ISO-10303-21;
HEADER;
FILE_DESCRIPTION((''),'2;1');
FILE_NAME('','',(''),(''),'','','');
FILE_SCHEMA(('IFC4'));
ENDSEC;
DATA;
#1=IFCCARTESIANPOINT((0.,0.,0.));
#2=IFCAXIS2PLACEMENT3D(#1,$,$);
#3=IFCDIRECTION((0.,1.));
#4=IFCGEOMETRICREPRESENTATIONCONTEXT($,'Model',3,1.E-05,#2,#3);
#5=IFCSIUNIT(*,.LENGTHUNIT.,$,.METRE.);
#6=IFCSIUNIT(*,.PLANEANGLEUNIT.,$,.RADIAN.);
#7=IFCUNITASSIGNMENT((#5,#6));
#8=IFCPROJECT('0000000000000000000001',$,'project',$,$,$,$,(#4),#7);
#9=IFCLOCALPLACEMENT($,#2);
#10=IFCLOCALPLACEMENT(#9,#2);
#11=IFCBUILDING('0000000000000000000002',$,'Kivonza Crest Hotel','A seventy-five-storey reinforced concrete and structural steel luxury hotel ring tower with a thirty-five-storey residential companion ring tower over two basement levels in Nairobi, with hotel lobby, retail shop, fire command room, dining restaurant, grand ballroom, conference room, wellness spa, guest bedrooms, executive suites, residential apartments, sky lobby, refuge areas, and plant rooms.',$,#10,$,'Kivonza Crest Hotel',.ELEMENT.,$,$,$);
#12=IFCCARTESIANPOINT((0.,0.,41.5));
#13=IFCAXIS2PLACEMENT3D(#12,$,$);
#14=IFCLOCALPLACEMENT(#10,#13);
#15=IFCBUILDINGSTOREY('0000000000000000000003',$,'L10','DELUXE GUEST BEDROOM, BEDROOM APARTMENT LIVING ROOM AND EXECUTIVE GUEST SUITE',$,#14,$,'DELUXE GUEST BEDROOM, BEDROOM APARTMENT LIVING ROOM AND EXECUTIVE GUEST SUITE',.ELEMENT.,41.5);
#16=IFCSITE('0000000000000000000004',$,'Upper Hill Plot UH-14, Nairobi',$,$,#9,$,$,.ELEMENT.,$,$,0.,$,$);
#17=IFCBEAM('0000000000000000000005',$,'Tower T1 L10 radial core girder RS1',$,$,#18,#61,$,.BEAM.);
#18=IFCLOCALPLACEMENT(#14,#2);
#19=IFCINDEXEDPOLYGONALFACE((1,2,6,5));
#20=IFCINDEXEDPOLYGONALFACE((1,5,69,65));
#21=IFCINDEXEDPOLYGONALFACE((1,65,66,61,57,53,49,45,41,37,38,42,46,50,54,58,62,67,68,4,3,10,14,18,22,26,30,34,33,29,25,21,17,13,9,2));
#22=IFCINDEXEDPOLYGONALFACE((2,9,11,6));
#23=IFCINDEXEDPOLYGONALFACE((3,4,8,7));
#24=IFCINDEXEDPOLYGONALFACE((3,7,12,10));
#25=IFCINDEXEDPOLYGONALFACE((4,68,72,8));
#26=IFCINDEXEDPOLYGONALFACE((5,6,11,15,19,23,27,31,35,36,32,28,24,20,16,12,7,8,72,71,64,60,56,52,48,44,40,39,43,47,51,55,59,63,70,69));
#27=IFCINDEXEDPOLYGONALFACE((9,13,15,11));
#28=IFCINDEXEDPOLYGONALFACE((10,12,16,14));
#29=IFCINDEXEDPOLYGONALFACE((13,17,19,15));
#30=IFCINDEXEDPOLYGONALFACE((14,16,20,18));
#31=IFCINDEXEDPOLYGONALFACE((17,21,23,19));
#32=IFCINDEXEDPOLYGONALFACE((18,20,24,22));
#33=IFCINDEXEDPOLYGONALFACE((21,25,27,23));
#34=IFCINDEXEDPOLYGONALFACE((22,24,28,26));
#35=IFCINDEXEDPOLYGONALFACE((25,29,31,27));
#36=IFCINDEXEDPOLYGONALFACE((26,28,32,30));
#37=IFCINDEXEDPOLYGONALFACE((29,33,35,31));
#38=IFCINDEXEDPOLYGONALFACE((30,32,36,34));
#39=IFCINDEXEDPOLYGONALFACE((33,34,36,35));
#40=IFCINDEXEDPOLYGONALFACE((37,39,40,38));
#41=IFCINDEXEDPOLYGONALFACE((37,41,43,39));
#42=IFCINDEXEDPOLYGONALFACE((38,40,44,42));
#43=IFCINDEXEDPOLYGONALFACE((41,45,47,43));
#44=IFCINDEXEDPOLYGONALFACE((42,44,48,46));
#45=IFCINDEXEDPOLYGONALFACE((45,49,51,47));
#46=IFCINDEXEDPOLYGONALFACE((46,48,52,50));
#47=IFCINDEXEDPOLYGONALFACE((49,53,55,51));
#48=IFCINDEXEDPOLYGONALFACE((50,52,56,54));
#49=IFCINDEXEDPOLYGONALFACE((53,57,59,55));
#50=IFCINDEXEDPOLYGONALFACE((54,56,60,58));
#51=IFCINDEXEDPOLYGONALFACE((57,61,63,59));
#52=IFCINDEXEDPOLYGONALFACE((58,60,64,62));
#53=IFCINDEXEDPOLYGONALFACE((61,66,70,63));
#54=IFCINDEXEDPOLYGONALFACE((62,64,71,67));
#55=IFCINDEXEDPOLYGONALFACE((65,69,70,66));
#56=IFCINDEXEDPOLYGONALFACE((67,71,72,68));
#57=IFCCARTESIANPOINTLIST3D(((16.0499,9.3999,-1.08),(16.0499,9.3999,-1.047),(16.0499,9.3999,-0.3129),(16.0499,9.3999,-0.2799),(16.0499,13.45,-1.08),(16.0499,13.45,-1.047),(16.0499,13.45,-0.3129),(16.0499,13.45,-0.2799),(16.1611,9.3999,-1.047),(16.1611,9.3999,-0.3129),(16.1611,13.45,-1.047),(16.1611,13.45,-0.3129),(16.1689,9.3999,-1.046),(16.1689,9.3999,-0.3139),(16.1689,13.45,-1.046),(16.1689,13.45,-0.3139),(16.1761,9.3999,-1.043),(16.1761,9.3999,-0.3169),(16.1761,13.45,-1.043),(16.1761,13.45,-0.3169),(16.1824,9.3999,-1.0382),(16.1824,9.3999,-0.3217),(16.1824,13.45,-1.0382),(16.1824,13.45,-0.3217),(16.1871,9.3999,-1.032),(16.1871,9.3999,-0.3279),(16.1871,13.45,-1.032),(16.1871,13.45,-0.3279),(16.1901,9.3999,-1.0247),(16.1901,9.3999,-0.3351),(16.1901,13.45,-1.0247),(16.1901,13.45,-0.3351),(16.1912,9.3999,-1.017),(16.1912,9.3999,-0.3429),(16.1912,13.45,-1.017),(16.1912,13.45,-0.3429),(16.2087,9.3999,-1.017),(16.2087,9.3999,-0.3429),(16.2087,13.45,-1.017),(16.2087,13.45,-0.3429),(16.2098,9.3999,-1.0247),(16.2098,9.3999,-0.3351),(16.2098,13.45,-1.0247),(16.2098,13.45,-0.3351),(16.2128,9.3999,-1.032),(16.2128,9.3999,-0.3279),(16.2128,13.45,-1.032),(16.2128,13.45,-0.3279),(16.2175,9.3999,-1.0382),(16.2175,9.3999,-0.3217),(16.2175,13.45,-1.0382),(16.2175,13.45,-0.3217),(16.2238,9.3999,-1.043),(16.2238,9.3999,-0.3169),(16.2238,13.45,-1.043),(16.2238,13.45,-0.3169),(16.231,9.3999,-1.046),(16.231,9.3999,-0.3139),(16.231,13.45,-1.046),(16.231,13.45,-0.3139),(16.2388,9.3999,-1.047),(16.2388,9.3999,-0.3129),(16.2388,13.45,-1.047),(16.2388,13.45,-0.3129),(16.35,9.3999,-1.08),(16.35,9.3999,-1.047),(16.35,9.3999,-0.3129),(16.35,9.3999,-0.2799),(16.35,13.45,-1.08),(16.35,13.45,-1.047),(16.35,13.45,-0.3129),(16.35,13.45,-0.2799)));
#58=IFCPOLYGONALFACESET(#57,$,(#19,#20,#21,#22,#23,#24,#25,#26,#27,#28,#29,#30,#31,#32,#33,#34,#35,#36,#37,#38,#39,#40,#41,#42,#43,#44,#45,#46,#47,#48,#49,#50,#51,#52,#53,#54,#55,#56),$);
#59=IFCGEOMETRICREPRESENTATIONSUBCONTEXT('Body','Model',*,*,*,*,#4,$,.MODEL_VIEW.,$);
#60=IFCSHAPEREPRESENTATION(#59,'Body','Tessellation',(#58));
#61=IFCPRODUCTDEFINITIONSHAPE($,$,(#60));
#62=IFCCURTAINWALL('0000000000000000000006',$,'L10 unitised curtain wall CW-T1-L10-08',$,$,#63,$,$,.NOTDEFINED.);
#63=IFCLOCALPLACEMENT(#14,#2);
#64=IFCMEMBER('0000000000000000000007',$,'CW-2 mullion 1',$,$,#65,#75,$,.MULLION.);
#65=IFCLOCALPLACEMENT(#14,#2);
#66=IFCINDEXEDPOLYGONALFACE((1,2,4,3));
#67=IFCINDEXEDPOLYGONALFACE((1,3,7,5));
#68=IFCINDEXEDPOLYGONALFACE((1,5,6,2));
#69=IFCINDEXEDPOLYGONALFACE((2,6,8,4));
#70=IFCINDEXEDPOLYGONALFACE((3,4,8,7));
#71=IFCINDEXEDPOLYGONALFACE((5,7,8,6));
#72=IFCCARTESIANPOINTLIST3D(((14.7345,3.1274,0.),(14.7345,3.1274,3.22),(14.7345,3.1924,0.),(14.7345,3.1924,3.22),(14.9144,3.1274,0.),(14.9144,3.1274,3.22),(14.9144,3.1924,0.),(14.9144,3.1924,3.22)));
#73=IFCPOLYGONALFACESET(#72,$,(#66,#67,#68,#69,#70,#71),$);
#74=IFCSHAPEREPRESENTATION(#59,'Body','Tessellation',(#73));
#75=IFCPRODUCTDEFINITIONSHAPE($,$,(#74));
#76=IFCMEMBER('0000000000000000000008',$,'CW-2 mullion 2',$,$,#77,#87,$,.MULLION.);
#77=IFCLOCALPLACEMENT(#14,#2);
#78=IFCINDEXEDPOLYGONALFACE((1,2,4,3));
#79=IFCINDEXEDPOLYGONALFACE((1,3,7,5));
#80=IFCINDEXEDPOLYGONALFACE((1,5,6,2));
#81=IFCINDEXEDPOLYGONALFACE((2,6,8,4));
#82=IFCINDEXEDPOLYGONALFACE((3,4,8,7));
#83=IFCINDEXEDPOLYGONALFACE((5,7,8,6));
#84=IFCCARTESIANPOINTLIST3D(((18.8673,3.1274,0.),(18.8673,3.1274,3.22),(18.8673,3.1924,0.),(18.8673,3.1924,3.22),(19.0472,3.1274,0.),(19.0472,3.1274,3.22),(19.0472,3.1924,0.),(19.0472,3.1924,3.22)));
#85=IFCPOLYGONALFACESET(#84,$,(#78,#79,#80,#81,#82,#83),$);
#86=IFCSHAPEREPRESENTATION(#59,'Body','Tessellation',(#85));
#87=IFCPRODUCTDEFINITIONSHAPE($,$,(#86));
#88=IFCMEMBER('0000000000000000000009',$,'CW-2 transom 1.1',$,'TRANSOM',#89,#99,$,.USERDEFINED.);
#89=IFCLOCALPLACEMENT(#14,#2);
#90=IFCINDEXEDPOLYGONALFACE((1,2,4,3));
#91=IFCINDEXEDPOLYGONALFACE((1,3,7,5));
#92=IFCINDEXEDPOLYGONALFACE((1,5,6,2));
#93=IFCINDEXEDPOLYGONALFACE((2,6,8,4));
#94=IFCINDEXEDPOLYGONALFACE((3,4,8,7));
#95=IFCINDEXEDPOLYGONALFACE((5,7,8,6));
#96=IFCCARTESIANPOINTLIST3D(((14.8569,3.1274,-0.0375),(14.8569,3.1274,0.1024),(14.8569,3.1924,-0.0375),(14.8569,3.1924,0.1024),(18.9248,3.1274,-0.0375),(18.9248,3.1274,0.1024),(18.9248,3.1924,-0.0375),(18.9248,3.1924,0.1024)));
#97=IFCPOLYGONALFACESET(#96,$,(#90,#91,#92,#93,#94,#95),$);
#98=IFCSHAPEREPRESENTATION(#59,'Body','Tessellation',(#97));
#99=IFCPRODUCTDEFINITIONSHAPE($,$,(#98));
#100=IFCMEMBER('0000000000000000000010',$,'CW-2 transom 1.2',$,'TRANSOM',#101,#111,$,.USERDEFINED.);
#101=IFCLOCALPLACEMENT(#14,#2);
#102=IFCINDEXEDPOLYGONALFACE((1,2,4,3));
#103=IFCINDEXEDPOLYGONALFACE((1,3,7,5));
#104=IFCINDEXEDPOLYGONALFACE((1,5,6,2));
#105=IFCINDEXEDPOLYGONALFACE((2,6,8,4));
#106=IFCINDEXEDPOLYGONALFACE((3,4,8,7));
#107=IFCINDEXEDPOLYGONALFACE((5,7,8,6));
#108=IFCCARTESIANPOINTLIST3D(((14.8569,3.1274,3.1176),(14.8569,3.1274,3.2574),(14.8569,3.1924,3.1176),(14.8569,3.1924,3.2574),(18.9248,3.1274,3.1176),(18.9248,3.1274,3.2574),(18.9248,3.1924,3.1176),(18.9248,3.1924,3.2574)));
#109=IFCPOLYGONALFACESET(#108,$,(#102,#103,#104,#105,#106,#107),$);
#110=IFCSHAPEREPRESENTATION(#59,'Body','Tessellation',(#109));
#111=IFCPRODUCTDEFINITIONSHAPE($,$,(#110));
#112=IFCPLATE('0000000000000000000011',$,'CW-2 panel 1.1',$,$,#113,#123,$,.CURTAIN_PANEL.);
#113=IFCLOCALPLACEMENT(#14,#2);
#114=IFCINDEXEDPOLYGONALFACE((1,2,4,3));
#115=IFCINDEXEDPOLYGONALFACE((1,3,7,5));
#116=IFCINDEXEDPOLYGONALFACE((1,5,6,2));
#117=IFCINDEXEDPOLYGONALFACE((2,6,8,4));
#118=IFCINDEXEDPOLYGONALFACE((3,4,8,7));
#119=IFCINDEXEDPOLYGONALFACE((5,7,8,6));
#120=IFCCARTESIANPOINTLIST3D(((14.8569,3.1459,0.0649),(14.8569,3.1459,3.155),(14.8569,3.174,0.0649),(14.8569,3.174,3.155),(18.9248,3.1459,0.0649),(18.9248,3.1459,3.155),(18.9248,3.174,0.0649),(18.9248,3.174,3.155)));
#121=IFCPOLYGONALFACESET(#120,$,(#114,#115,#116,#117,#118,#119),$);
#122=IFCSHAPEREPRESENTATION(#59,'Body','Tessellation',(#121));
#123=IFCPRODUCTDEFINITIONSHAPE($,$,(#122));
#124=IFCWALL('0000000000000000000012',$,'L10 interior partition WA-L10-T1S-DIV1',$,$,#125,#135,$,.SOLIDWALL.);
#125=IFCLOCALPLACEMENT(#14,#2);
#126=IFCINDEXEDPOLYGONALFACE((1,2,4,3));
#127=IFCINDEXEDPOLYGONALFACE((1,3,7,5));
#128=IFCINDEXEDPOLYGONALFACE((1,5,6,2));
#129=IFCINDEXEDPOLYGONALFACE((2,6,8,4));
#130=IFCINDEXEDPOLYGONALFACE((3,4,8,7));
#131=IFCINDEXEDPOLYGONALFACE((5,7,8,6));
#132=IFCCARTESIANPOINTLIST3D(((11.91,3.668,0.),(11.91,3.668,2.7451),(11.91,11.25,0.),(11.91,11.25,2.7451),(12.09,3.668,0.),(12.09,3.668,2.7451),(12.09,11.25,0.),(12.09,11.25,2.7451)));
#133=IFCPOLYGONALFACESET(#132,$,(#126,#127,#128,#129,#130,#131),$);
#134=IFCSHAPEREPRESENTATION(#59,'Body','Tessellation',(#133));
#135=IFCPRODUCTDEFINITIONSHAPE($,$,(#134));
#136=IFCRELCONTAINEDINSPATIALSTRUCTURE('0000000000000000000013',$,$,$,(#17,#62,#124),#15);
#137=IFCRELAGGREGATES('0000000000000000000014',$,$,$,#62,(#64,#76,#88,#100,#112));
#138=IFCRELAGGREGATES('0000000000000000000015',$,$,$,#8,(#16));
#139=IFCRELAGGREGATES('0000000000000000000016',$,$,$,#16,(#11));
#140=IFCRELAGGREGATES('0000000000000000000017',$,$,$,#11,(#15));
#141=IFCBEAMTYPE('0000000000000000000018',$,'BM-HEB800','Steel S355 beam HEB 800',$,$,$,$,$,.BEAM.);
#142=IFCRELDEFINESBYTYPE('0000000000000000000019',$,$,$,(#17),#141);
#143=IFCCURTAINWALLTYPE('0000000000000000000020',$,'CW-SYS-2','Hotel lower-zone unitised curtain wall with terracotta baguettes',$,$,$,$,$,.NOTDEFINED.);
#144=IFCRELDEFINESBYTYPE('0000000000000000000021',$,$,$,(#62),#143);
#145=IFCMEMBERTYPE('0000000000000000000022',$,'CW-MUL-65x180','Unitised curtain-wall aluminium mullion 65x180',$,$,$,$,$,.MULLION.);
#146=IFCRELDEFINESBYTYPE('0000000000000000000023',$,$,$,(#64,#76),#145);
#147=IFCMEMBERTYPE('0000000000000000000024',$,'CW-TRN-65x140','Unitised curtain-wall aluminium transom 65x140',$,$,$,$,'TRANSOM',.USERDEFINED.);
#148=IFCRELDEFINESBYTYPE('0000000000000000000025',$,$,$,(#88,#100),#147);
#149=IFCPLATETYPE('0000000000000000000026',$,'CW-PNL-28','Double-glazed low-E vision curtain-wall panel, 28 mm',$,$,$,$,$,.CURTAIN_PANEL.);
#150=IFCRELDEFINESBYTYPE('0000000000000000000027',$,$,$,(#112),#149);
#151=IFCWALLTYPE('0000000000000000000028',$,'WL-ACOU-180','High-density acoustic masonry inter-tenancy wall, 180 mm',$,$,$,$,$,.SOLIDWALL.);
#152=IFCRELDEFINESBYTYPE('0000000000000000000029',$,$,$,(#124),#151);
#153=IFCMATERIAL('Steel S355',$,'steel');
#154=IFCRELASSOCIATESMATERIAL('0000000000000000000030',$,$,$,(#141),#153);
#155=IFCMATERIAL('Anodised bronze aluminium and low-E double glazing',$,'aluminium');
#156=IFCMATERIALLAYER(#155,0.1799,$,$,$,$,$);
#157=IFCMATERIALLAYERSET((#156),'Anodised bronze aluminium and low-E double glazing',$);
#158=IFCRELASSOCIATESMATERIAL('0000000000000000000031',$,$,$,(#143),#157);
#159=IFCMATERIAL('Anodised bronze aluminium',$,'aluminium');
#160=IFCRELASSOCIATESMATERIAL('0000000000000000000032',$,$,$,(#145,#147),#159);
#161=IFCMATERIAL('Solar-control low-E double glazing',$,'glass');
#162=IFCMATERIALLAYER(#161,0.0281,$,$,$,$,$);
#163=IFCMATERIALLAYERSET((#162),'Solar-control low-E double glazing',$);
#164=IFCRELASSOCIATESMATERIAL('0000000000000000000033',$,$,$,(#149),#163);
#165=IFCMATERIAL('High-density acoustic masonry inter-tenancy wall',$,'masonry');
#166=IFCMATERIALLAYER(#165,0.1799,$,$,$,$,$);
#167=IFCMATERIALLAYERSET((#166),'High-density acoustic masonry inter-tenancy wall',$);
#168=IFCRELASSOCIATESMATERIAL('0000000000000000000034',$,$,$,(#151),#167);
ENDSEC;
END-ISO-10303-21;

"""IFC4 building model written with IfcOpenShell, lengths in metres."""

from ifc_helpers import new_model, si_unit, direction, frame, frame_2d, origin, origin_2d, place, context, subcontext, project, spatial, rectangle, i_section, extrude, material, layer, layer_set, material_profile, profile_set, type_object, element, aggregate, save


model = new_model("IFC4")

# Units and contexts
model_context = context("Model", 3, precision=1e-05, world=origin(), true_north=direction((0.0, 1.0)))
body_context = subcontext(model_context, "Body", "Model", "MODEL_VIEW")
ifc_project = project(units=[si_unit("LENGTHUNIT", "METRE"), si_unit("PLANEANGLEUNIT", "RADIAN")], contexts=[model_context])

# Site, building, storey
site_placement = place(None, origin())
site = spatial("IfcSite", under=ifc_project, at=site_placement, Name="Upper Hill Plot UH-14, Nairobi", CompositionType="ELEMENT", RefElevation=0.0)
building_placement = place(site_placement, origin())
building = spatial("IfcBuilding", under=site, at=building_placement, Name="Kivonza Crest Hotel", Description="A seventy-five-storey reinforced concrete and structural steel luxury hotel ring tower with a thirty-five-storey residential companion ring tower over two basement levels in Nairobi, with hotel lobby, retail shop, fire command room, dining restaurant, grand ballroom, conference room, wellness spa, guest bedrooms, executive suites, residential apartments, sky lobby, refuge areas, and plant rooms.", LongName="Kivonza Crest Hotel", CompositionType="ELEMENT")
storey_placement = place(building_placement, frame((0.0, 0.0, 41.5)))
storey = spatial("IfcBuildingStorey", under=building, at=storey_placement, Name="L10", Description="DELUXE GUEST BEDROOM, BEDROOM APARTMENT LIVING ROOM AND EXECUTIVE GUEST SUITE", LongName="DELUXE GUEST BEDROOM, BEDROOM APARTMENT LIVING ROOM AND EXECUTIVE GUEST SUITE", CompositionType="ELEMENT", Elevation=41.5)

# Beam
ifc_material_1 = material(Name="Steel S355", Category="steel")
ifc_material_profile_1 = material_profile(ifc_material_1, i_section(OverallWidth=0.3, OverallDepth=0.8, WebThickness=0.0176, FlangeThickness=0.033, FilletRadius=0.03, at=origin_2d()), Name="HEB 800")
ifc_profile_set_1 = profile_set([ifc_material_profile_1], Name="Steel S355")
beam_type_1 = type_object("IfcBeamType", Name="BM-HEB800", Description="Steel S355 beam HEB 800", PredefinedType="BEAM", material=ifc_profile_set_1)
beam_1_placement = place(storey_placement, frame((16.2, 9.3999, -0.6799), z_axis=(0.0, 1.0, 0.0), x_axis=(-1.0, 0.0, 0.0)))
element("IfcBeam", 1, at=beam_1_placement, inside=storey, type_object=beam_type_1, Name="Tower T1 L10 radial core girder RS1", PredefinedType="BEAM", context=body_context, shape_type="SweptSolid", body=[
    extrude(i_section(OverallWidth=0.3, OverallDepth=0.8, WebThickness=0.0176, FlangeThickness=0.033, FilletRadius=0.03, at=origin_2d()), origin(), (0.0, 0.0, 1.0), 4.05),
])

# Curtain wall, members, plate
ifc_material_2 = material(Name="Anodised bronze aluminium and low-E double glazing", Category="aluminium")
ifc_layer_1 = layer(ifc_material_2, 0.1799)
ifc_layer_set_1 = layer_set([ifc_layer_1], Name="Anodised bronze aluminium and low-E double glazing")
curtain_wall_type = type_object("IfcCurtainWallType", Name="CW-SYS-2", Description="Hotel lower-zone unitised curtain wall with terracotta baguettes", PredefinedType="NOTDEFINED", material=ifc_layer_set_1)
curtain_wall_placement = place(storey_placement, origin())
curtain_wall = element("IfcCurtainWall", 2, at=curtain_wall_placement, inside=storey, type_object=curtain_wall_type, Name="L10 unitised curtain wall CW-T1-L10-08", PredefinedType="NOTDEFINED")
ifc_material_3 = material(Name="Anodised bronze aluminium", Category="aluminium")
ifc_material_profile_2 = material_profile(ifc_material_3, rectangle(XDim=0.0649, YDim=0.1799, at=origin_2d()), Name="CW-M 65x180")
ifc_profile_set_2 = profile_set([ifc_material_profile_2], Name="Anodised bronze aluminium")
member_type_1 = type_object("IfcMemberType", Name="CW-MUL-65x180", Description="Unitised curtain-wall aluminium mullion 65x180", PredefinedType="MULLION", material=ifc_profile_set_2)
member_1_placement = place(storey_placement, frame((14.8245, 3.1599, 0.0), z_axis=(0.0, 0.0, 1.0), x_axis=(0.0, 1.0, 0.0)))
member_1 = element("IfcMember", 3, at=member_1_placement, type_object=member_type_1, Name="CW-2 mullion 1", PredefinedType="MULLION", context=body_context, shape_type="SweptSolid", body=[
    extrude(rectangle(XDim=0.0649, YDim=0.1799, at=origin_2d()), origin(), (0.0, 0.0, 1.0), 3.22),
])
member_2_placement = place(storey_placement, frame((18.9573, 3.1599, 0.0), z_axis=(0.0, 0.0, 1.0), x_axis=(0.0, 1.0, 0.0)))
member_2 = element("IfcMember", 4, at=member_2_placement, type_object=member_type_1, Name="CW-2 mullion 2", PredefinedType="MULLION", context=body_context, shape_type="SweptSolid", body=[
    extrude(rectangle(XDim=0.0649, YDim=0.1799, at=origin_2d()), origin(), (0.0, 0.0, 1.0), 3.22),
])
ifc_material_profile_3 = material_profile(ifc_material_3, rectangle(XDim=0.0649, YDim=0.1399, at=origin_2d()), Name="CW-T 65x140")
ifc_profile_set_3 = profile_set([ifc_material_profile_3], Name="Anodised bronze aluminium")
member_type_2 = type_object("IfcMemberType", Name="CW-TRN-65x140", Description="Unitised curtain-wall aluminium transom 65x140", ElementType="TRANSOM", PredefinedType="USERDEFINED", material=ifc_profile_set_3)
member_3_placement = place(storey_placement, frame((14.8569, 3.1599, 0.0325), z_axis=(1.0, 0.0, 0.0), x_axis=(0.0, 1.0, 0.0)))
member_3 = element("IfcMember", 5, at=member_3_placement, type_object=member_type_2, Name="CW-2 transom 1.1", ObjectType="TRANSOM", PredefinedType="USERDEFINED", context=body_context, shape_type="SweptSolid", body=[
    extrude(rectangle(XDim=0.0649, YDim=0.1399, at=origin_2d()), origin(), (0.0, 0.0, 1.0), 4.0679),
])
member_4_placement = place(storey_placement, frame((14.8569, 3.1599, 3.1875), z_axis=(1.0, 0.0, 0.0), x_axis=(0.0, 1.0, 0.0)))
member_4 = element("IfcMember", 6, at=member_4_placement, type_object=member_type_2, Name="CW-2 transom 1.2", ObjectType="TRANSOM", PredefinedType="USERDEFINED", context=body_context, shape_type="SweptSolid", body=[
    extrude(rectangle(XDim=0.0649, YDim=0.1399, at=origin_2d()), origin(), (0.0, 0.0, 1.0), 4.0679),
])
ifc_material_4 = material(Name="Solar-control low-E double glazing", Category="glass")
ifc_layer_2 = layer(ifc_material_4, 0.0281)
ifc_layer_set_2 = layer_set([ifc_layer_2], Name="Solar-control low-E double glazing")
plate_type = type_object("IfcPlateType", Name="CW-PNL-28", Description="Double-glazed low-E vision curtain-wall panel, 28 mm", PredefinedType="CURTAIN_PANEL", material=ifc_layer_set_2)
plate_placement = place(storey_placement, frame((16.8909, 3.1599, 0.0649), z_axis=(0.0, 0.0, 1.0), x_axis=(1.0, 0.0, 0.0)))
plate = element("IfcPlate", 7, at=plate_placement, type_object=plate_type, Name="CW-2 panel 1.1", PredefinedType="CURTAIN_PANEL", context=body_context, shape_type="SweptSolid", body=[
    extrude(rectangle(XDim=4.0679, YDim=0.0281, at=origin_2d()), origin(), (0.0, 0.0, 1.0), 3.0901),
])
aggregate(curtain_wall, [member_1, member_2, member_3, member_4, plate])

# Wall
ifc_material_5 = material(Name="High-density acoustic masonry inter-tenancy wall", Category="masonry")
ifc_layer_3 = layer(ifc_material_5, 0.1799)
ifc_layer_set_3 = layer_set([ifc_layer_3], Name="High-density acoustic masonry inter-tenancy wall")
wall_type_1 = type_object("IfcWallType", Name="WL-ACOU-180", Description="High-density acoustic masonry inter-tenancy wall, 180 mm", PredefinedType="SOLIDWALL", material=ifc_layer_set_3)
wall_1_placement = place(storey_placement, frame((12.0, 3.668, 0.0), z_axis=(0.0, 0.0, 1.0), x_axis=(0.0, 1.0, 0.0)))
element("IfcWall", 8, at=wall_1_placement, inside=storey, type_object=wall_type_1, Name="L10 interior partition WA-L10-T1S-DIV1", PredefinedType="SOLIDWALL", context=body_context, shape_type="SweptSolid", body=[
    extrude(rectangle(XDim=7.582, YDim=0.1799, at=frame_2d((3.791, 0.0))), origin(), (0.0, 0.0, 1.0), 2.7451),
])

save(model, "model.ifc")
